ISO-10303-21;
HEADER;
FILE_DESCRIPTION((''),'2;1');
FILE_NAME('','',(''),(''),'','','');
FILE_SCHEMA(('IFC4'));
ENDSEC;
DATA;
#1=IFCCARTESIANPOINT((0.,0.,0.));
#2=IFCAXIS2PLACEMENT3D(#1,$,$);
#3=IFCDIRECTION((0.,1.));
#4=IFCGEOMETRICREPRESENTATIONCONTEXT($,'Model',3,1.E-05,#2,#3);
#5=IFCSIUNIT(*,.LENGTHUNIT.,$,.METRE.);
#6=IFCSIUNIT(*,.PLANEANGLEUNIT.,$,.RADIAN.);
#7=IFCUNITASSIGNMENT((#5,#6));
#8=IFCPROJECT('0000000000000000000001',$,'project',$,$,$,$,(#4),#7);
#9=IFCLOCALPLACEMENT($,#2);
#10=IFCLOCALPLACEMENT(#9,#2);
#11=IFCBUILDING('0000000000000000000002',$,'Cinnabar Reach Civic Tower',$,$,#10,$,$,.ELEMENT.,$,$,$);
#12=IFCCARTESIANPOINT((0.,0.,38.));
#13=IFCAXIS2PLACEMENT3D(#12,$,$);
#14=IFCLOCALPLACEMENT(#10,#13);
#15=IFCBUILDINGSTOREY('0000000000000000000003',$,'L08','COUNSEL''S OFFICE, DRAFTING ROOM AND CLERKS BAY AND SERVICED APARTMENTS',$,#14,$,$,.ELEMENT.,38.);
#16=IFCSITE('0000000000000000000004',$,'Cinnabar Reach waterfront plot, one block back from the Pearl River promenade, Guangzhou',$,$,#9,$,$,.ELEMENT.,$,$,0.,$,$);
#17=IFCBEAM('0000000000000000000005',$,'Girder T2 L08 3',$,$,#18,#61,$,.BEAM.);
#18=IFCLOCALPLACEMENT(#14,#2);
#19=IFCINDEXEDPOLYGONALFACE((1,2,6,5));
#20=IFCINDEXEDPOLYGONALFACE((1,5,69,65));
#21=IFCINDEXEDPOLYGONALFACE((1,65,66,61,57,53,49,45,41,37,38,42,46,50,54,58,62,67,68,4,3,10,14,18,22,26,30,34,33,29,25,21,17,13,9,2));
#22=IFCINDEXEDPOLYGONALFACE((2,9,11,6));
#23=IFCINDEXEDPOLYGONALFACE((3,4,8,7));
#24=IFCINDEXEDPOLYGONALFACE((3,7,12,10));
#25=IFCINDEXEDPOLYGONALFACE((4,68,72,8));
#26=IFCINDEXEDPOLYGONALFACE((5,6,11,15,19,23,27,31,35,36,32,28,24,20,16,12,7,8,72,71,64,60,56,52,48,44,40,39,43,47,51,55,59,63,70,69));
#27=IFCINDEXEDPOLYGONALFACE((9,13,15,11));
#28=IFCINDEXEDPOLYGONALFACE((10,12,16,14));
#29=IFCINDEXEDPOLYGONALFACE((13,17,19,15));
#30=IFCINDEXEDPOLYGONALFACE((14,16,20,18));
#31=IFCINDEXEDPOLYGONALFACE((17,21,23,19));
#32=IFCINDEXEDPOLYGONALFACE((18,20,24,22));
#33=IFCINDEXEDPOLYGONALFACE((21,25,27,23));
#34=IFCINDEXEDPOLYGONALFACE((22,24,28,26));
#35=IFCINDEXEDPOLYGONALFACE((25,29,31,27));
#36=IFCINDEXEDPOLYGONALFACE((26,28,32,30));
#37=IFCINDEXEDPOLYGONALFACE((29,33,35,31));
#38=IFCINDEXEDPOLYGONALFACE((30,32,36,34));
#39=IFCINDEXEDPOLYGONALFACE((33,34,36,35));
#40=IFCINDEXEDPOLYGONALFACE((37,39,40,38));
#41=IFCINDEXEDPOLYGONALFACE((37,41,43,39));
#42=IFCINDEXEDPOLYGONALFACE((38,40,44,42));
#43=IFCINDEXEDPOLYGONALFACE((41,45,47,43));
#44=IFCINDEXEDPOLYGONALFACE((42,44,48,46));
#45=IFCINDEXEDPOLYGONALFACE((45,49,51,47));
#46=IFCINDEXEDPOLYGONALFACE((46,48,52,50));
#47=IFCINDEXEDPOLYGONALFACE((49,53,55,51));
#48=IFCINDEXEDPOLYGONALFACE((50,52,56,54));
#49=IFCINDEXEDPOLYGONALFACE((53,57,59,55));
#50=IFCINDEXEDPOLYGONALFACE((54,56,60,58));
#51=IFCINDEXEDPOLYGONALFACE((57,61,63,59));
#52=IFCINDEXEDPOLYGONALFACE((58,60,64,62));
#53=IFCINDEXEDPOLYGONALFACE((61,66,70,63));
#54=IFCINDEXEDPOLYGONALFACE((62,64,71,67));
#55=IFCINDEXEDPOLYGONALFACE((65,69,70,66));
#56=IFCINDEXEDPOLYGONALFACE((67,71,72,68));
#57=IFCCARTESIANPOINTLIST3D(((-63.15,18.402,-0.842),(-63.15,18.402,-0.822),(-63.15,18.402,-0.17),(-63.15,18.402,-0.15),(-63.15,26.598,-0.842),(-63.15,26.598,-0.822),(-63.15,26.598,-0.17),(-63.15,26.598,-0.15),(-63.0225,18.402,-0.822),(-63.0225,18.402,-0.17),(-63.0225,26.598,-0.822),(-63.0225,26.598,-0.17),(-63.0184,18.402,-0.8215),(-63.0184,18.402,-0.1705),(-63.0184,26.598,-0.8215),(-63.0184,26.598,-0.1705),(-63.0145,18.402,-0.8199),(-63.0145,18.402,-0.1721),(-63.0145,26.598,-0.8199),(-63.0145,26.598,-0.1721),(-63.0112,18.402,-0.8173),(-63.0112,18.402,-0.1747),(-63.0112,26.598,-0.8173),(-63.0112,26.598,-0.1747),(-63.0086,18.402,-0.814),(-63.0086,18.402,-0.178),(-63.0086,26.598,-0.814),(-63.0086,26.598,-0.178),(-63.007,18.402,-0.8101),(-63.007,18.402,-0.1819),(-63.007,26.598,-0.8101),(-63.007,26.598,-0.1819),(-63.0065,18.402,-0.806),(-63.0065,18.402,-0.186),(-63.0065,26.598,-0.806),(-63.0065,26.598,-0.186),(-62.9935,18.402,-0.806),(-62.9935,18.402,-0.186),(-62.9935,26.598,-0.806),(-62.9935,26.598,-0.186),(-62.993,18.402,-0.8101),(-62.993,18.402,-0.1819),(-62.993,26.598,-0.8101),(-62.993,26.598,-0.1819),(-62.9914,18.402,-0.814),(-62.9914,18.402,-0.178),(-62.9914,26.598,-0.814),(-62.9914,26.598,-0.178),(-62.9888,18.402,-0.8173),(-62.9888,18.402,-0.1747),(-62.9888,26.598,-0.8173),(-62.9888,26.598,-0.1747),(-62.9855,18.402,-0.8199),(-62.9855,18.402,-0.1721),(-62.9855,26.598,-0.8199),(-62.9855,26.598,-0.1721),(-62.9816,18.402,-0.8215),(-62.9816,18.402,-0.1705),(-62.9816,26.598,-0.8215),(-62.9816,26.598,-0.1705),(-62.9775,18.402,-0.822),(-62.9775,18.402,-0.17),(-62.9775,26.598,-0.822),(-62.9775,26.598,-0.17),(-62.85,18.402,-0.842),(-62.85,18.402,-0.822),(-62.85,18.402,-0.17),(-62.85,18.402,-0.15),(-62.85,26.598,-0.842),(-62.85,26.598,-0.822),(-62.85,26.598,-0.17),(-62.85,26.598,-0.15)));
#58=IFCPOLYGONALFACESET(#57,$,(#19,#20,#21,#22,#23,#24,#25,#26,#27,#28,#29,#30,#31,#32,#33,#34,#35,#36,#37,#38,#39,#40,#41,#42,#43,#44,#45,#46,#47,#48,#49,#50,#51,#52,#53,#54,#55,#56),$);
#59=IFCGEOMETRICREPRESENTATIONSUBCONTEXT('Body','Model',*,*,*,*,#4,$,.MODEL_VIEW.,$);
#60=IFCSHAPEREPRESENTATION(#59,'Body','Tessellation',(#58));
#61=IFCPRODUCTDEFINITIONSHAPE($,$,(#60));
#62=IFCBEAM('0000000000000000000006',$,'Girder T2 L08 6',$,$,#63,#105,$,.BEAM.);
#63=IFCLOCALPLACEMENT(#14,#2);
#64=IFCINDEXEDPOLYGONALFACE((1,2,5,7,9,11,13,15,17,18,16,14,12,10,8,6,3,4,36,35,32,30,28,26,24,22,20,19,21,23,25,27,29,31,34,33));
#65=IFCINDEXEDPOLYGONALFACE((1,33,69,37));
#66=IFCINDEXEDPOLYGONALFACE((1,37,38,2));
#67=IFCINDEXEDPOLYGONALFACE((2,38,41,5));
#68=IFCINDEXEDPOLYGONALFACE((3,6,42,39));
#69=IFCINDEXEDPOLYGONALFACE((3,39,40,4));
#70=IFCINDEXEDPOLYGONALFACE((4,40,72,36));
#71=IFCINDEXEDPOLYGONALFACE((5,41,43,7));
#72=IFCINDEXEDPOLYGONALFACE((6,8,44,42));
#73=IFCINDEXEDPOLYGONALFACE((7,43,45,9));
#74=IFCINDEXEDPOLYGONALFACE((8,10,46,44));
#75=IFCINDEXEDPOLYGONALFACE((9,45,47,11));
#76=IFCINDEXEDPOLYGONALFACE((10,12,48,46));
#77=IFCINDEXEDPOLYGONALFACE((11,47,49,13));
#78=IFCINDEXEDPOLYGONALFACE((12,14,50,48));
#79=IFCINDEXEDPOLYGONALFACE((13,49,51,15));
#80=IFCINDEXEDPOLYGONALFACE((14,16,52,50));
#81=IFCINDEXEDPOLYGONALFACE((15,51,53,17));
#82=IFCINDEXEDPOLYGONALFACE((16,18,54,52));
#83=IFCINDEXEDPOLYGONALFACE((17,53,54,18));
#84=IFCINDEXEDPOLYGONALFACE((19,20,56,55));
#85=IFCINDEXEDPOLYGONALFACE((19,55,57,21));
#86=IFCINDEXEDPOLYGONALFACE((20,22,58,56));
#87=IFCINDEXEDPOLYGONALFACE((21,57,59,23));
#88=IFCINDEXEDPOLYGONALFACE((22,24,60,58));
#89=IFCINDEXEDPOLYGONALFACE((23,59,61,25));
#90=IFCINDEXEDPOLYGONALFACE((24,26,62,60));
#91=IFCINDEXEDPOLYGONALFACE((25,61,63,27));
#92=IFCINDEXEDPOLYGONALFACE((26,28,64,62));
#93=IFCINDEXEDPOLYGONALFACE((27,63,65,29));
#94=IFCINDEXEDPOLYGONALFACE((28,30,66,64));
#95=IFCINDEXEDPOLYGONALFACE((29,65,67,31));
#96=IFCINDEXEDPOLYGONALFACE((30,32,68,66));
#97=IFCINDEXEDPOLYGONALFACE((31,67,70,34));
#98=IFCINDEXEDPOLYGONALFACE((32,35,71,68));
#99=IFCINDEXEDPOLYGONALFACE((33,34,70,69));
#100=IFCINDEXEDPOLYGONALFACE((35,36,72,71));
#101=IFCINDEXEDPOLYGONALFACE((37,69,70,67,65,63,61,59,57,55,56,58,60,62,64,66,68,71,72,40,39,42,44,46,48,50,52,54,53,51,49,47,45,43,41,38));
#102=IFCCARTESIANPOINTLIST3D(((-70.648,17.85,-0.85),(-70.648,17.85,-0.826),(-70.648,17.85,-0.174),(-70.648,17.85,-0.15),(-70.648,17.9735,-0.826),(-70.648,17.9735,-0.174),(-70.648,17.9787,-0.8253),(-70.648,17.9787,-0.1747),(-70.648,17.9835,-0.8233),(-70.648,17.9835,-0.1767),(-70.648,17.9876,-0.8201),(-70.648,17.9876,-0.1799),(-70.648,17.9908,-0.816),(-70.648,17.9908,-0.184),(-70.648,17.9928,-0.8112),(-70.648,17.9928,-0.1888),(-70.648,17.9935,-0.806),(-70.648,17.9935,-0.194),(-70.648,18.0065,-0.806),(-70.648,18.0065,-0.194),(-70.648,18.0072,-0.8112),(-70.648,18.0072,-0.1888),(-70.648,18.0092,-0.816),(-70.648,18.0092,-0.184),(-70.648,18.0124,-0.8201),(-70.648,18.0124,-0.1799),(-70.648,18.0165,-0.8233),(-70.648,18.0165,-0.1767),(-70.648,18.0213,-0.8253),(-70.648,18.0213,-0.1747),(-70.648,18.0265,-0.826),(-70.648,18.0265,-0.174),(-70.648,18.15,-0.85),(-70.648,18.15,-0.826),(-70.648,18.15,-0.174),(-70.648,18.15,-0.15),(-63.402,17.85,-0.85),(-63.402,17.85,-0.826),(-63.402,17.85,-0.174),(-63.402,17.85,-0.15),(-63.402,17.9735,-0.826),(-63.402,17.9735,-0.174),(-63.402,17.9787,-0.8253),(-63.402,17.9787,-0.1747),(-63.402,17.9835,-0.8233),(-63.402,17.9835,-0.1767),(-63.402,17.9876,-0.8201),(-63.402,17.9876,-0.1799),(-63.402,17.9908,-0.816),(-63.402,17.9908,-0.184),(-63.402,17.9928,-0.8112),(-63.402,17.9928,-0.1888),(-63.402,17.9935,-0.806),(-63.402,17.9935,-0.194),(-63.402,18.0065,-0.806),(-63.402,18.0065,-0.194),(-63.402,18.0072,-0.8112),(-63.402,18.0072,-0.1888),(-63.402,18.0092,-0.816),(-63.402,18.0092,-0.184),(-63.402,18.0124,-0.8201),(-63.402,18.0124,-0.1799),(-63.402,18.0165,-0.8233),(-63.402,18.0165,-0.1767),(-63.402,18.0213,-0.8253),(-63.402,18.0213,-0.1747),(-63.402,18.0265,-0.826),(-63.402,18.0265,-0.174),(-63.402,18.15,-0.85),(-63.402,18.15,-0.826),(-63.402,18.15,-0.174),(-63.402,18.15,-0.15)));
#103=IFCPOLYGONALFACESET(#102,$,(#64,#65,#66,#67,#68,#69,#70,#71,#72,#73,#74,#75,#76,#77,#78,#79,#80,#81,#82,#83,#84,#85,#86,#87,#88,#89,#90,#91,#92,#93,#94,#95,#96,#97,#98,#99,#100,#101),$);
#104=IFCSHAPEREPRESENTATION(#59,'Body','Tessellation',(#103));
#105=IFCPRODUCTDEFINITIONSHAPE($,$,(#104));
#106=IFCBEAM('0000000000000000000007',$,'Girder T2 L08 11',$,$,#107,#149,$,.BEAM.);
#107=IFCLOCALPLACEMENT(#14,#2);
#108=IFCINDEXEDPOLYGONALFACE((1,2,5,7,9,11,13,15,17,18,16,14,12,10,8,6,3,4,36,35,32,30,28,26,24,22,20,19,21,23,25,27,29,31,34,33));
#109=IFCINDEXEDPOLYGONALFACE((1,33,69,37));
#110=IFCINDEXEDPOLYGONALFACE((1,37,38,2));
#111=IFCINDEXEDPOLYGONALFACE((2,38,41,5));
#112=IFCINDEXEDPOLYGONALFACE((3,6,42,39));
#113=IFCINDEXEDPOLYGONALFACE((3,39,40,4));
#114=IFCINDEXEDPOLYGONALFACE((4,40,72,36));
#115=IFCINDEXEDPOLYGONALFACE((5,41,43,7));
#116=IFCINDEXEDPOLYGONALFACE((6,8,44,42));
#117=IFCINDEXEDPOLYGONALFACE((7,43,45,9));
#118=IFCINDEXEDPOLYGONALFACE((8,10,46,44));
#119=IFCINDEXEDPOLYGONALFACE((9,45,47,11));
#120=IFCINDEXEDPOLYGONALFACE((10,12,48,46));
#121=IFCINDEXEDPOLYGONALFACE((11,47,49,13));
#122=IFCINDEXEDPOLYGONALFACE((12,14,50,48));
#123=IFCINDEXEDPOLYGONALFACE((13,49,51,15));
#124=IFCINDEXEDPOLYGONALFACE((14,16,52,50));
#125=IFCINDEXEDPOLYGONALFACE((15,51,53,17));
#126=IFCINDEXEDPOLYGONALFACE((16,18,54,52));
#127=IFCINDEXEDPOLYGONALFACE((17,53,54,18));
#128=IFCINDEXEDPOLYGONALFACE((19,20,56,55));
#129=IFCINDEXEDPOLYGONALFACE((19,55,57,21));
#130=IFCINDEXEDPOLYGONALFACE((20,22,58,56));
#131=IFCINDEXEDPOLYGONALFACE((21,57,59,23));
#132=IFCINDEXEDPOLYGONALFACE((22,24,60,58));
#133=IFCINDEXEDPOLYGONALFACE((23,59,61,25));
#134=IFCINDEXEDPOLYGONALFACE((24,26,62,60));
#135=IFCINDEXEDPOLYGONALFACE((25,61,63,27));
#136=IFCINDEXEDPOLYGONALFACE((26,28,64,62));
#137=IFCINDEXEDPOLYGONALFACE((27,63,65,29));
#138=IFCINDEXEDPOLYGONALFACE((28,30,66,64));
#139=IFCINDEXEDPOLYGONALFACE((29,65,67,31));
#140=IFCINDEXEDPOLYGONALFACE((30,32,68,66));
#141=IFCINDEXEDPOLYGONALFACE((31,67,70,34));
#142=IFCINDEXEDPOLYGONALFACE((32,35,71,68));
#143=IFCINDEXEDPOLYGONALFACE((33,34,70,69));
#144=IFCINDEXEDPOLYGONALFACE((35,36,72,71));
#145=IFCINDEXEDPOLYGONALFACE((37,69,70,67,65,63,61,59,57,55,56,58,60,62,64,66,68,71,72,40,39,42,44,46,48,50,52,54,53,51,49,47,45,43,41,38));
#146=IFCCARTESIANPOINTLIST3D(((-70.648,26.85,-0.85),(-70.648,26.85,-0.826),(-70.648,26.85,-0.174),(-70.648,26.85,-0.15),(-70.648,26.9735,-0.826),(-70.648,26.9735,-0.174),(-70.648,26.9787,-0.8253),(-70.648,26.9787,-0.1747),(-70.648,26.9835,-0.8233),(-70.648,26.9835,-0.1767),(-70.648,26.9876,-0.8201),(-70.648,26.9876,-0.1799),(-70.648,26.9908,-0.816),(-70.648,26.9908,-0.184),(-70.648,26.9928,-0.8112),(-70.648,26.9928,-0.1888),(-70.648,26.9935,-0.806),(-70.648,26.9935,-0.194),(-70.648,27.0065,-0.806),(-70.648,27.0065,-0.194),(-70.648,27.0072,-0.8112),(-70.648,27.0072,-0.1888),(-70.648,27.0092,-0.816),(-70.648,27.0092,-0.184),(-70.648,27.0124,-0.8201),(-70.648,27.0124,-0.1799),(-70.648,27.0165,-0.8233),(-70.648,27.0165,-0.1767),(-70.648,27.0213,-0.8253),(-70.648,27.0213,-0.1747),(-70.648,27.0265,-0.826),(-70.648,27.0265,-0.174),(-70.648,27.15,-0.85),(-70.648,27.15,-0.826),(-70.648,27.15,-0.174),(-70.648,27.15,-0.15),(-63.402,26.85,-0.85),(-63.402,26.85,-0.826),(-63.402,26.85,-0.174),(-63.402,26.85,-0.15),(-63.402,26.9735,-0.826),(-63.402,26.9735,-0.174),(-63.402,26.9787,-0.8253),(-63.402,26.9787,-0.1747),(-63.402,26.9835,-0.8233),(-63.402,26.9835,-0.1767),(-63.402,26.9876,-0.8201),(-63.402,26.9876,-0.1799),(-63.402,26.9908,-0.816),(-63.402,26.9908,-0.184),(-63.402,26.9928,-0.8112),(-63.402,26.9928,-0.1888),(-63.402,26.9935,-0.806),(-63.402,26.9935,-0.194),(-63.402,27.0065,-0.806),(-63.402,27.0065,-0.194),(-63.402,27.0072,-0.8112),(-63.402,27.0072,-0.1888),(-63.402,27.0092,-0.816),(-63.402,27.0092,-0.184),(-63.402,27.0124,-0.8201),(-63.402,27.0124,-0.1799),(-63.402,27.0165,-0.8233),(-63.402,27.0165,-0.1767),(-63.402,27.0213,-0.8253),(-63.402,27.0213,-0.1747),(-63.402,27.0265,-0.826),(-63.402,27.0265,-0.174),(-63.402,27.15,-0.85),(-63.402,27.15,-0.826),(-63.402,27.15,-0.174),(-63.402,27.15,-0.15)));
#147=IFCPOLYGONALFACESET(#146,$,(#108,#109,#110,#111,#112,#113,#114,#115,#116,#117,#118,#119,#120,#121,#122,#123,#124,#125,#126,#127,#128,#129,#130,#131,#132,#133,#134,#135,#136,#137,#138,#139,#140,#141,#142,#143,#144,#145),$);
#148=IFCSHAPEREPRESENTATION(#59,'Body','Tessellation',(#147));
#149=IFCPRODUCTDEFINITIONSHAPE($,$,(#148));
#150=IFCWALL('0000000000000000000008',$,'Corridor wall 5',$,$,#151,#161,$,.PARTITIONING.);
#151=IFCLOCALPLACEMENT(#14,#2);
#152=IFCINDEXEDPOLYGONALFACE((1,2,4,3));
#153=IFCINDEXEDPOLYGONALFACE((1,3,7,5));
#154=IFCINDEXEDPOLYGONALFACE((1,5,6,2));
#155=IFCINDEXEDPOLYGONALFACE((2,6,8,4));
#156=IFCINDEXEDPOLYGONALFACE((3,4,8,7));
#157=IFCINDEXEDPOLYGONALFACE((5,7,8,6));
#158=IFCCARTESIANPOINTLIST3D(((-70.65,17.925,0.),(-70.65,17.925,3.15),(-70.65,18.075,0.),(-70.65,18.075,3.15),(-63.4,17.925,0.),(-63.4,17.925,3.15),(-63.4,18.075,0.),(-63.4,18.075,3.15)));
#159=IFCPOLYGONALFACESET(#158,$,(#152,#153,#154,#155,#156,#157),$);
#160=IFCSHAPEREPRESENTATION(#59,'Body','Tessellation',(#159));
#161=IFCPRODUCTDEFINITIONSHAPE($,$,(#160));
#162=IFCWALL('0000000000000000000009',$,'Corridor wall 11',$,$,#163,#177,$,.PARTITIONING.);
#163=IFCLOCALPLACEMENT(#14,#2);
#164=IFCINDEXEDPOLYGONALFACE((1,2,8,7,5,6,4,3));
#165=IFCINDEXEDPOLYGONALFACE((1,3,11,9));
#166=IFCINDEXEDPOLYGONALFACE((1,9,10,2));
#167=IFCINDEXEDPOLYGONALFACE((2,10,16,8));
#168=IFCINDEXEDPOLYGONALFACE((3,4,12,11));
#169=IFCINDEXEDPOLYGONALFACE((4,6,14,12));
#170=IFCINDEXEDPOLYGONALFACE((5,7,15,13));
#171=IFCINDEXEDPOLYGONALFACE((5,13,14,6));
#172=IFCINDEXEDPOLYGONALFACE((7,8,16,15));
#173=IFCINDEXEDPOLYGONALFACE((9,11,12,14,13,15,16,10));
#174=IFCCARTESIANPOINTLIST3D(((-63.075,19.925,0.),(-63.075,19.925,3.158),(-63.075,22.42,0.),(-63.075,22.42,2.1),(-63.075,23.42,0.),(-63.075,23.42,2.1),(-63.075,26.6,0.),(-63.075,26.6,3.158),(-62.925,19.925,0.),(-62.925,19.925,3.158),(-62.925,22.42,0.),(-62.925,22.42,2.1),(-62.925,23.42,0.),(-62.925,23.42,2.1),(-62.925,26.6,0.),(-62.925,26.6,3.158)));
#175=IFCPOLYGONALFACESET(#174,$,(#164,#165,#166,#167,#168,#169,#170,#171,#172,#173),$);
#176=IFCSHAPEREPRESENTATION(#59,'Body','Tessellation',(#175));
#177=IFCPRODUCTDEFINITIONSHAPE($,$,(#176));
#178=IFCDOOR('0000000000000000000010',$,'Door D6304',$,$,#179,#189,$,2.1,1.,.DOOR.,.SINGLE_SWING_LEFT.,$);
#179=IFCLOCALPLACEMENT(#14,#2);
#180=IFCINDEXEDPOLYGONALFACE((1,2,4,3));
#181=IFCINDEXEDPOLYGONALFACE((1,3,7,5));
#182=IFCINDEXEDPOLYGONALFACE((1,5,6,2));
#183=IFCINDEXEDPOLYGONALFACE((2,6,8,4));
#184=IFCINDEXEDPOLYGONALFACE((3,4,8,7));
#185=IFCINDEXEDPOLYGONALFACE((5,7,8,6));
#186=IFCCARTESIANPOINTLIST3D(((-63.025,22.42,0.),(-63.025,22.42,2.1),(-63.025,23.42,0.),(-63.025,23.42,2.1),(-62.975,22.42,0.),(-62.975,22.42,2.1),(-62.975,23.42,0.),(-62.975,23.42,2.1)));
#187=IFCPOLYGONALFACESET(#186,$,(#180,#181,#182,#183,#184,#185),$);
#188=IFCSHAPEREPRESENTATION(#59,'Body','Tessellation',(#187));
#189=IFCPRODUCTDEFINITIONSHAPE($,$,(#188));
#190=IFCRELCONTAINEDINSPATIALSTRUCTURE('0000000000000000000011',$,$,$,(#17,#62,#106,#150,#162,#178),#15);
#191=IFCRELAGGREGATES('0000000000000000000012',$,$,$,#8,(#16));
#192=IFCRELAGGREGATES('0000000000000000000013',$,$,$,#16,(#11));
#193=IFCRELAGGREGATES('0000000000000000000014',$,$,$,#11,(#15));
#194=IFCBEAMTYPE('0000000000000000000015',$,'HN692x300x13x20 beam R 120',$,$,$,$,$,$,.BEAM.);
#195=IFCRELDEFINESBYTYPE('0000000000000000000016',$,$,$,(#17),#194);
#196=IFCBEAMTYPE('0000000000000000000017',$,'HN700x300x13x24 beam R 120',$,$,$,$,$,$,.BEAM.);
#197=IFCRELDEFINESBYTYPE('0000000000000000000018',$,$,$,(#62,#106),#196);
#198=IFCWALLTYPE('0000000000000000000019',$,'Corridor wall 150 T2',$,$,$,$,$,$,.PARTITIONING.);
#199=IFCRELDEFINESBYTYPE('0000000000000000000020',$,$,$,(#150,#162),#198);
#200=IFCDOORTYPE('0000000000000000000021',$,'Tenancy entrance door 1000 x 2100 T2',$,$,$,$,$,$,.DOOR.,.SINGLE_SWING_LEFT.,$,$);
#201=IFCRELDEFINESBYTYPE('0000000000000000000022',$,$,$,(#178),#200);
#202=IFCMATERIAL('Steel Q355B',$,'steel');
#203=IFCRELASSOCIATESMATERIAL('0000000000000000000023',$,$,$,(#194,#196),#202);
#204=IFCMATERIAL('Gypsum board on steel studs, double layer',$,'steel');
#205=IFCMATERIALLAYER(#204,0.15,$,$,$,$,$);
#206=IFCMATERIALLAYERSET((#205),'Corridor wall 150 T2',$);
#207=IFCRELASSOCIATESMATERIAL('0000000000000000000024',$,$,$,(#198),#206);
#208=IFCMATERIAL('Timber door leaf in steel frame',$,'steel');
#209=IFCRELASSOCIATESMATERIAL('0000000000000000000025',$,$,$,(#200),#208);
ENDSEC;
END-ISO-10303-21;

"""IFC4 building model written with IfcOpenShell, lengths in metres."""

from ifc_helpers import new_model, si_unit, direction, frame, frame_2d, origin, origin_2d, place, context, subcontext, project, spatial, rectangle, i_section, extrude, material, layer, layer_set, material_profile, profile_set, type_object, element, fill, save


model = new_model("IFC4")

# Units and contexts
model_context = context("Model", 3, precision=1e-05, world=origin(), true_north=direction((0.0, 1.0)))
body_context = subcontext(model_context, "Body", "Model", "MODEL_VIEW")
ifc_project = project(units=[si_unit("LENGTHUNIT", "METRE"), si_unit("PLANEANGLEUNIT", "RADIAN")], contexts=[model_context])

# Site, building, storey
site_placement = place(None, origin())
site = spatial("IfcSite", under=ifc_project, at=site_placement, Name="Cinnabar Reach waterfront plot, one block back from the Pearl River promenade, Guangzhou", CompositionType="ELEMENT", RefElevation=0.0)
building_placement = place(site_placement, origin())
building = spatial("IfcBuilding", under=site, at=building_placement, Name="Cinnabar Reach Civic Tower", CompositionType="ELEMENT")
storey_placement = place(building_placement, frame((0.0, 0.0, 38.0)))
storey = spatial("IfcBuildingStorey", under=building, at=storey_placement, Name="L08", Description="COUNSEL'S OFFICE, DRAFTING ROOM AND CLERKS BAY AND SERVICED APARTMENTS", CompositionType="ELEMENT", Elevation=38.0)

# Beams
ifc_material_1 = material(Name="Steel Q355B", Category="steel")
ifc_material_profile_1 = material_profile(ifc_material_1, i_section(OverallWidth=0.3, OverallDepth=0.692, WebThickness=0.013, FlangeThickness=0.02, FilletRadius=0.016, at=origin_2d()), Name="HN692x300x13x20")
ifc_profile_set_1 = profile_set([ifc_material_profile_1], Name="Steel Q355B")
beam_type_1 = type_object("IfcBeamType", Name="HN692x300x13x20 beam R 120", PredefinedType="BEAM", material=ifc_profile_set_1)
beam_1_placement = place(storey_placement, frame((-63.0, 18.402, -0.496), z_axis=(0.0, 1.0, 0.0), x_axis=(-1.0, 0.0, 0.0)))
element("IfcBeam", 1, at=beam_1_placement, inside=storey, type_object=beam_type_1, Name="Girder T2 L08 3", PredefinedType="BEAM", context=body_context, shape_type="SweptSolid", body=[
    extrude(i_section(OverallWidth=0.3, OverallDepth=0.692, WebThickness=0.013, FlangeThickness=0.02, FilletRadius=0.016, at=origin_2d()), origin(), (0.0, 0.0, 1.0), 8.196),
])
ifc_material_profile_2 = material_profile(ifc_material_1, i_section(OverallWidth=0.3, OverallDepth=0.7, WebThickness=0.013, FlangeThickness=0.024, FilletRadius=0.02, at=origin_2d()), Name="HN700x300x13x24")
ifc_profile_set_2 = profile_set([ifc_material_profile_2], Name="Steel Q355B")
beam_type_2 = type_object("IfcBeamType", Name="HN700x300x13x24 beam R 120", PredefinedType="BEAM", material=ifc_profile_set_2)
for number, where, z_axis, x_axis, name in (
    (2, (-70.648, 18.0, -0.5), (1.0, 0.0, 0.0), (0.0, 1.0, 0.0), "Girder T2 L08 6"),
    (3, (-70.648, 27.0, -0.5), (1.0, 0.0, 0.0), (0.0, 1.0, 0.0), "Girder T2 L08 11"),
):
    element("IfcBeam", number, at=place(storey_placement, frame(where, z_axis=z_axis, x_axis=x_axis)), inside=storey, type_object=beam_type_2, Name=name, PredefinedType="BEAM", context=body_context, shape_type="SweptSolid", body=[
        extrude(i_section(OverallWidth=0.3, OverallDepth=0.7, WebThickness=0.013, FlangeThickness=0.024, FilletRadius=0.02, at=origin_2d()), origin(), (0.0, 0.0, 1.0), 7.246),
    ])

# Wall
ifc_material_2 = material(Name="Gypsum board on steel studs, double layer", Category="steel")
ifc_layer_1 = layer(ifc_material_2, 0.15)
ifc_layer_set_1 = layer_set([ifc_layer_1], Name="Corridor wall 150 T2")
wall_type_1 = type_object("IfcWallType", Name="Corridor wall 150 T2", PredefinedType="PARTITIONING", material=ifc_layer_set_1)
wall_1_placement = place(storey_placement, frame((-70.65, 18.0, 0.0), z_axis=(0.0, 0.0, 1.0), x_axis=(1.0, 0.0, 0.0)))
element("IfcWall", 4, at=wall_1_placement, inside=storey, type_object=wall_type_1, Name="Corridor wall 5", PredefinedType="PARTITIONING", context=body_context, shape_type="SweptSolid", body=[
    extrude(rectangle(XDim=7.25, YDim=0.15, at=frame_2d((3.625, 0.0))), origin(), (0.0, 0.0, 1.0), 3.15),
])

# Wall, opening, door
wall_2_placement = place(storey_placement, frame((-63.0, 19.925, 0.0), z_axis=(0.0, 0.0, 1.0), x_axis=(0.0, 1.0, 0.0)))
wall_2 = element("IfcWall", 5, at=wall_2_placement, inside=storey, type_object=wall_type_1, Name="Corridor wall 11", PredefinedType="PARTITIONING", context=body_context, shape_type="SweptSolid", body=[
    extrude(rectangle(XDim=6.675, YDim=0.15, at=frame_2d((3.3375, 0.0))), origin(), (0.0, 0.0, 1.0), 3.158),
])
opening_1_placement = place(wall_2_placement, frame((2.495, 0.0, 0.0)))
opening_1 = element("IfcOpeningElement", 6, at=opening_1_placement, cuts=wall_2, PredefinedType="OPENING", context=body_context, shape_type="SweptSolid", body=[
    extrude(rectangle(XDim=1.0, YDim=2.1, at=frame_2d((0.5, 1.05))), frame((0.0, 0.085, 0.0), z_axis=(0.0, -1.0, 0.0), x_axis=(1.0, 0.0, 0.0)), (0.0, 0.0, 1.0), 0.17),
])
ifc_material_3 = material(Name="Timber door leaf in steel frame", Category="steel")
door_type_1 = type_object("IfcDoorType", Name="Tenancy entrance door 1000 x 2100 T2", OperationType="SINGLE_SWING_LEFT", PredefinedType="DOOR", material=ifc_material_3)
door_1_placement = place(opening_1_placement, origin())
door_1 = element("IfcDoor", 7, at=door_1_placement, inside=storey, type_object=door_type_1, Name="Door D6304", OperationType="SINGLE_SWING_LEFT", OverallHeight=2.1, OverallWidth=1.0, PredefinedType="DOOR", context=body_context, shape_type="SweptSolid", body=[
    extrude(rectangle(XDim=1.0, YDim=2.1, at=frame_2d((0.5, 1.05))), frame((0.0, 0.025, 0.0), z_axis=(0.0, -1.0, 0.0), x_axis=(1.0, 0.0, 0.0)), (0.0, 0.0, 1.0), 0.05),
])
fill(opening_1, door_1)

save(model, "model.ifc")
